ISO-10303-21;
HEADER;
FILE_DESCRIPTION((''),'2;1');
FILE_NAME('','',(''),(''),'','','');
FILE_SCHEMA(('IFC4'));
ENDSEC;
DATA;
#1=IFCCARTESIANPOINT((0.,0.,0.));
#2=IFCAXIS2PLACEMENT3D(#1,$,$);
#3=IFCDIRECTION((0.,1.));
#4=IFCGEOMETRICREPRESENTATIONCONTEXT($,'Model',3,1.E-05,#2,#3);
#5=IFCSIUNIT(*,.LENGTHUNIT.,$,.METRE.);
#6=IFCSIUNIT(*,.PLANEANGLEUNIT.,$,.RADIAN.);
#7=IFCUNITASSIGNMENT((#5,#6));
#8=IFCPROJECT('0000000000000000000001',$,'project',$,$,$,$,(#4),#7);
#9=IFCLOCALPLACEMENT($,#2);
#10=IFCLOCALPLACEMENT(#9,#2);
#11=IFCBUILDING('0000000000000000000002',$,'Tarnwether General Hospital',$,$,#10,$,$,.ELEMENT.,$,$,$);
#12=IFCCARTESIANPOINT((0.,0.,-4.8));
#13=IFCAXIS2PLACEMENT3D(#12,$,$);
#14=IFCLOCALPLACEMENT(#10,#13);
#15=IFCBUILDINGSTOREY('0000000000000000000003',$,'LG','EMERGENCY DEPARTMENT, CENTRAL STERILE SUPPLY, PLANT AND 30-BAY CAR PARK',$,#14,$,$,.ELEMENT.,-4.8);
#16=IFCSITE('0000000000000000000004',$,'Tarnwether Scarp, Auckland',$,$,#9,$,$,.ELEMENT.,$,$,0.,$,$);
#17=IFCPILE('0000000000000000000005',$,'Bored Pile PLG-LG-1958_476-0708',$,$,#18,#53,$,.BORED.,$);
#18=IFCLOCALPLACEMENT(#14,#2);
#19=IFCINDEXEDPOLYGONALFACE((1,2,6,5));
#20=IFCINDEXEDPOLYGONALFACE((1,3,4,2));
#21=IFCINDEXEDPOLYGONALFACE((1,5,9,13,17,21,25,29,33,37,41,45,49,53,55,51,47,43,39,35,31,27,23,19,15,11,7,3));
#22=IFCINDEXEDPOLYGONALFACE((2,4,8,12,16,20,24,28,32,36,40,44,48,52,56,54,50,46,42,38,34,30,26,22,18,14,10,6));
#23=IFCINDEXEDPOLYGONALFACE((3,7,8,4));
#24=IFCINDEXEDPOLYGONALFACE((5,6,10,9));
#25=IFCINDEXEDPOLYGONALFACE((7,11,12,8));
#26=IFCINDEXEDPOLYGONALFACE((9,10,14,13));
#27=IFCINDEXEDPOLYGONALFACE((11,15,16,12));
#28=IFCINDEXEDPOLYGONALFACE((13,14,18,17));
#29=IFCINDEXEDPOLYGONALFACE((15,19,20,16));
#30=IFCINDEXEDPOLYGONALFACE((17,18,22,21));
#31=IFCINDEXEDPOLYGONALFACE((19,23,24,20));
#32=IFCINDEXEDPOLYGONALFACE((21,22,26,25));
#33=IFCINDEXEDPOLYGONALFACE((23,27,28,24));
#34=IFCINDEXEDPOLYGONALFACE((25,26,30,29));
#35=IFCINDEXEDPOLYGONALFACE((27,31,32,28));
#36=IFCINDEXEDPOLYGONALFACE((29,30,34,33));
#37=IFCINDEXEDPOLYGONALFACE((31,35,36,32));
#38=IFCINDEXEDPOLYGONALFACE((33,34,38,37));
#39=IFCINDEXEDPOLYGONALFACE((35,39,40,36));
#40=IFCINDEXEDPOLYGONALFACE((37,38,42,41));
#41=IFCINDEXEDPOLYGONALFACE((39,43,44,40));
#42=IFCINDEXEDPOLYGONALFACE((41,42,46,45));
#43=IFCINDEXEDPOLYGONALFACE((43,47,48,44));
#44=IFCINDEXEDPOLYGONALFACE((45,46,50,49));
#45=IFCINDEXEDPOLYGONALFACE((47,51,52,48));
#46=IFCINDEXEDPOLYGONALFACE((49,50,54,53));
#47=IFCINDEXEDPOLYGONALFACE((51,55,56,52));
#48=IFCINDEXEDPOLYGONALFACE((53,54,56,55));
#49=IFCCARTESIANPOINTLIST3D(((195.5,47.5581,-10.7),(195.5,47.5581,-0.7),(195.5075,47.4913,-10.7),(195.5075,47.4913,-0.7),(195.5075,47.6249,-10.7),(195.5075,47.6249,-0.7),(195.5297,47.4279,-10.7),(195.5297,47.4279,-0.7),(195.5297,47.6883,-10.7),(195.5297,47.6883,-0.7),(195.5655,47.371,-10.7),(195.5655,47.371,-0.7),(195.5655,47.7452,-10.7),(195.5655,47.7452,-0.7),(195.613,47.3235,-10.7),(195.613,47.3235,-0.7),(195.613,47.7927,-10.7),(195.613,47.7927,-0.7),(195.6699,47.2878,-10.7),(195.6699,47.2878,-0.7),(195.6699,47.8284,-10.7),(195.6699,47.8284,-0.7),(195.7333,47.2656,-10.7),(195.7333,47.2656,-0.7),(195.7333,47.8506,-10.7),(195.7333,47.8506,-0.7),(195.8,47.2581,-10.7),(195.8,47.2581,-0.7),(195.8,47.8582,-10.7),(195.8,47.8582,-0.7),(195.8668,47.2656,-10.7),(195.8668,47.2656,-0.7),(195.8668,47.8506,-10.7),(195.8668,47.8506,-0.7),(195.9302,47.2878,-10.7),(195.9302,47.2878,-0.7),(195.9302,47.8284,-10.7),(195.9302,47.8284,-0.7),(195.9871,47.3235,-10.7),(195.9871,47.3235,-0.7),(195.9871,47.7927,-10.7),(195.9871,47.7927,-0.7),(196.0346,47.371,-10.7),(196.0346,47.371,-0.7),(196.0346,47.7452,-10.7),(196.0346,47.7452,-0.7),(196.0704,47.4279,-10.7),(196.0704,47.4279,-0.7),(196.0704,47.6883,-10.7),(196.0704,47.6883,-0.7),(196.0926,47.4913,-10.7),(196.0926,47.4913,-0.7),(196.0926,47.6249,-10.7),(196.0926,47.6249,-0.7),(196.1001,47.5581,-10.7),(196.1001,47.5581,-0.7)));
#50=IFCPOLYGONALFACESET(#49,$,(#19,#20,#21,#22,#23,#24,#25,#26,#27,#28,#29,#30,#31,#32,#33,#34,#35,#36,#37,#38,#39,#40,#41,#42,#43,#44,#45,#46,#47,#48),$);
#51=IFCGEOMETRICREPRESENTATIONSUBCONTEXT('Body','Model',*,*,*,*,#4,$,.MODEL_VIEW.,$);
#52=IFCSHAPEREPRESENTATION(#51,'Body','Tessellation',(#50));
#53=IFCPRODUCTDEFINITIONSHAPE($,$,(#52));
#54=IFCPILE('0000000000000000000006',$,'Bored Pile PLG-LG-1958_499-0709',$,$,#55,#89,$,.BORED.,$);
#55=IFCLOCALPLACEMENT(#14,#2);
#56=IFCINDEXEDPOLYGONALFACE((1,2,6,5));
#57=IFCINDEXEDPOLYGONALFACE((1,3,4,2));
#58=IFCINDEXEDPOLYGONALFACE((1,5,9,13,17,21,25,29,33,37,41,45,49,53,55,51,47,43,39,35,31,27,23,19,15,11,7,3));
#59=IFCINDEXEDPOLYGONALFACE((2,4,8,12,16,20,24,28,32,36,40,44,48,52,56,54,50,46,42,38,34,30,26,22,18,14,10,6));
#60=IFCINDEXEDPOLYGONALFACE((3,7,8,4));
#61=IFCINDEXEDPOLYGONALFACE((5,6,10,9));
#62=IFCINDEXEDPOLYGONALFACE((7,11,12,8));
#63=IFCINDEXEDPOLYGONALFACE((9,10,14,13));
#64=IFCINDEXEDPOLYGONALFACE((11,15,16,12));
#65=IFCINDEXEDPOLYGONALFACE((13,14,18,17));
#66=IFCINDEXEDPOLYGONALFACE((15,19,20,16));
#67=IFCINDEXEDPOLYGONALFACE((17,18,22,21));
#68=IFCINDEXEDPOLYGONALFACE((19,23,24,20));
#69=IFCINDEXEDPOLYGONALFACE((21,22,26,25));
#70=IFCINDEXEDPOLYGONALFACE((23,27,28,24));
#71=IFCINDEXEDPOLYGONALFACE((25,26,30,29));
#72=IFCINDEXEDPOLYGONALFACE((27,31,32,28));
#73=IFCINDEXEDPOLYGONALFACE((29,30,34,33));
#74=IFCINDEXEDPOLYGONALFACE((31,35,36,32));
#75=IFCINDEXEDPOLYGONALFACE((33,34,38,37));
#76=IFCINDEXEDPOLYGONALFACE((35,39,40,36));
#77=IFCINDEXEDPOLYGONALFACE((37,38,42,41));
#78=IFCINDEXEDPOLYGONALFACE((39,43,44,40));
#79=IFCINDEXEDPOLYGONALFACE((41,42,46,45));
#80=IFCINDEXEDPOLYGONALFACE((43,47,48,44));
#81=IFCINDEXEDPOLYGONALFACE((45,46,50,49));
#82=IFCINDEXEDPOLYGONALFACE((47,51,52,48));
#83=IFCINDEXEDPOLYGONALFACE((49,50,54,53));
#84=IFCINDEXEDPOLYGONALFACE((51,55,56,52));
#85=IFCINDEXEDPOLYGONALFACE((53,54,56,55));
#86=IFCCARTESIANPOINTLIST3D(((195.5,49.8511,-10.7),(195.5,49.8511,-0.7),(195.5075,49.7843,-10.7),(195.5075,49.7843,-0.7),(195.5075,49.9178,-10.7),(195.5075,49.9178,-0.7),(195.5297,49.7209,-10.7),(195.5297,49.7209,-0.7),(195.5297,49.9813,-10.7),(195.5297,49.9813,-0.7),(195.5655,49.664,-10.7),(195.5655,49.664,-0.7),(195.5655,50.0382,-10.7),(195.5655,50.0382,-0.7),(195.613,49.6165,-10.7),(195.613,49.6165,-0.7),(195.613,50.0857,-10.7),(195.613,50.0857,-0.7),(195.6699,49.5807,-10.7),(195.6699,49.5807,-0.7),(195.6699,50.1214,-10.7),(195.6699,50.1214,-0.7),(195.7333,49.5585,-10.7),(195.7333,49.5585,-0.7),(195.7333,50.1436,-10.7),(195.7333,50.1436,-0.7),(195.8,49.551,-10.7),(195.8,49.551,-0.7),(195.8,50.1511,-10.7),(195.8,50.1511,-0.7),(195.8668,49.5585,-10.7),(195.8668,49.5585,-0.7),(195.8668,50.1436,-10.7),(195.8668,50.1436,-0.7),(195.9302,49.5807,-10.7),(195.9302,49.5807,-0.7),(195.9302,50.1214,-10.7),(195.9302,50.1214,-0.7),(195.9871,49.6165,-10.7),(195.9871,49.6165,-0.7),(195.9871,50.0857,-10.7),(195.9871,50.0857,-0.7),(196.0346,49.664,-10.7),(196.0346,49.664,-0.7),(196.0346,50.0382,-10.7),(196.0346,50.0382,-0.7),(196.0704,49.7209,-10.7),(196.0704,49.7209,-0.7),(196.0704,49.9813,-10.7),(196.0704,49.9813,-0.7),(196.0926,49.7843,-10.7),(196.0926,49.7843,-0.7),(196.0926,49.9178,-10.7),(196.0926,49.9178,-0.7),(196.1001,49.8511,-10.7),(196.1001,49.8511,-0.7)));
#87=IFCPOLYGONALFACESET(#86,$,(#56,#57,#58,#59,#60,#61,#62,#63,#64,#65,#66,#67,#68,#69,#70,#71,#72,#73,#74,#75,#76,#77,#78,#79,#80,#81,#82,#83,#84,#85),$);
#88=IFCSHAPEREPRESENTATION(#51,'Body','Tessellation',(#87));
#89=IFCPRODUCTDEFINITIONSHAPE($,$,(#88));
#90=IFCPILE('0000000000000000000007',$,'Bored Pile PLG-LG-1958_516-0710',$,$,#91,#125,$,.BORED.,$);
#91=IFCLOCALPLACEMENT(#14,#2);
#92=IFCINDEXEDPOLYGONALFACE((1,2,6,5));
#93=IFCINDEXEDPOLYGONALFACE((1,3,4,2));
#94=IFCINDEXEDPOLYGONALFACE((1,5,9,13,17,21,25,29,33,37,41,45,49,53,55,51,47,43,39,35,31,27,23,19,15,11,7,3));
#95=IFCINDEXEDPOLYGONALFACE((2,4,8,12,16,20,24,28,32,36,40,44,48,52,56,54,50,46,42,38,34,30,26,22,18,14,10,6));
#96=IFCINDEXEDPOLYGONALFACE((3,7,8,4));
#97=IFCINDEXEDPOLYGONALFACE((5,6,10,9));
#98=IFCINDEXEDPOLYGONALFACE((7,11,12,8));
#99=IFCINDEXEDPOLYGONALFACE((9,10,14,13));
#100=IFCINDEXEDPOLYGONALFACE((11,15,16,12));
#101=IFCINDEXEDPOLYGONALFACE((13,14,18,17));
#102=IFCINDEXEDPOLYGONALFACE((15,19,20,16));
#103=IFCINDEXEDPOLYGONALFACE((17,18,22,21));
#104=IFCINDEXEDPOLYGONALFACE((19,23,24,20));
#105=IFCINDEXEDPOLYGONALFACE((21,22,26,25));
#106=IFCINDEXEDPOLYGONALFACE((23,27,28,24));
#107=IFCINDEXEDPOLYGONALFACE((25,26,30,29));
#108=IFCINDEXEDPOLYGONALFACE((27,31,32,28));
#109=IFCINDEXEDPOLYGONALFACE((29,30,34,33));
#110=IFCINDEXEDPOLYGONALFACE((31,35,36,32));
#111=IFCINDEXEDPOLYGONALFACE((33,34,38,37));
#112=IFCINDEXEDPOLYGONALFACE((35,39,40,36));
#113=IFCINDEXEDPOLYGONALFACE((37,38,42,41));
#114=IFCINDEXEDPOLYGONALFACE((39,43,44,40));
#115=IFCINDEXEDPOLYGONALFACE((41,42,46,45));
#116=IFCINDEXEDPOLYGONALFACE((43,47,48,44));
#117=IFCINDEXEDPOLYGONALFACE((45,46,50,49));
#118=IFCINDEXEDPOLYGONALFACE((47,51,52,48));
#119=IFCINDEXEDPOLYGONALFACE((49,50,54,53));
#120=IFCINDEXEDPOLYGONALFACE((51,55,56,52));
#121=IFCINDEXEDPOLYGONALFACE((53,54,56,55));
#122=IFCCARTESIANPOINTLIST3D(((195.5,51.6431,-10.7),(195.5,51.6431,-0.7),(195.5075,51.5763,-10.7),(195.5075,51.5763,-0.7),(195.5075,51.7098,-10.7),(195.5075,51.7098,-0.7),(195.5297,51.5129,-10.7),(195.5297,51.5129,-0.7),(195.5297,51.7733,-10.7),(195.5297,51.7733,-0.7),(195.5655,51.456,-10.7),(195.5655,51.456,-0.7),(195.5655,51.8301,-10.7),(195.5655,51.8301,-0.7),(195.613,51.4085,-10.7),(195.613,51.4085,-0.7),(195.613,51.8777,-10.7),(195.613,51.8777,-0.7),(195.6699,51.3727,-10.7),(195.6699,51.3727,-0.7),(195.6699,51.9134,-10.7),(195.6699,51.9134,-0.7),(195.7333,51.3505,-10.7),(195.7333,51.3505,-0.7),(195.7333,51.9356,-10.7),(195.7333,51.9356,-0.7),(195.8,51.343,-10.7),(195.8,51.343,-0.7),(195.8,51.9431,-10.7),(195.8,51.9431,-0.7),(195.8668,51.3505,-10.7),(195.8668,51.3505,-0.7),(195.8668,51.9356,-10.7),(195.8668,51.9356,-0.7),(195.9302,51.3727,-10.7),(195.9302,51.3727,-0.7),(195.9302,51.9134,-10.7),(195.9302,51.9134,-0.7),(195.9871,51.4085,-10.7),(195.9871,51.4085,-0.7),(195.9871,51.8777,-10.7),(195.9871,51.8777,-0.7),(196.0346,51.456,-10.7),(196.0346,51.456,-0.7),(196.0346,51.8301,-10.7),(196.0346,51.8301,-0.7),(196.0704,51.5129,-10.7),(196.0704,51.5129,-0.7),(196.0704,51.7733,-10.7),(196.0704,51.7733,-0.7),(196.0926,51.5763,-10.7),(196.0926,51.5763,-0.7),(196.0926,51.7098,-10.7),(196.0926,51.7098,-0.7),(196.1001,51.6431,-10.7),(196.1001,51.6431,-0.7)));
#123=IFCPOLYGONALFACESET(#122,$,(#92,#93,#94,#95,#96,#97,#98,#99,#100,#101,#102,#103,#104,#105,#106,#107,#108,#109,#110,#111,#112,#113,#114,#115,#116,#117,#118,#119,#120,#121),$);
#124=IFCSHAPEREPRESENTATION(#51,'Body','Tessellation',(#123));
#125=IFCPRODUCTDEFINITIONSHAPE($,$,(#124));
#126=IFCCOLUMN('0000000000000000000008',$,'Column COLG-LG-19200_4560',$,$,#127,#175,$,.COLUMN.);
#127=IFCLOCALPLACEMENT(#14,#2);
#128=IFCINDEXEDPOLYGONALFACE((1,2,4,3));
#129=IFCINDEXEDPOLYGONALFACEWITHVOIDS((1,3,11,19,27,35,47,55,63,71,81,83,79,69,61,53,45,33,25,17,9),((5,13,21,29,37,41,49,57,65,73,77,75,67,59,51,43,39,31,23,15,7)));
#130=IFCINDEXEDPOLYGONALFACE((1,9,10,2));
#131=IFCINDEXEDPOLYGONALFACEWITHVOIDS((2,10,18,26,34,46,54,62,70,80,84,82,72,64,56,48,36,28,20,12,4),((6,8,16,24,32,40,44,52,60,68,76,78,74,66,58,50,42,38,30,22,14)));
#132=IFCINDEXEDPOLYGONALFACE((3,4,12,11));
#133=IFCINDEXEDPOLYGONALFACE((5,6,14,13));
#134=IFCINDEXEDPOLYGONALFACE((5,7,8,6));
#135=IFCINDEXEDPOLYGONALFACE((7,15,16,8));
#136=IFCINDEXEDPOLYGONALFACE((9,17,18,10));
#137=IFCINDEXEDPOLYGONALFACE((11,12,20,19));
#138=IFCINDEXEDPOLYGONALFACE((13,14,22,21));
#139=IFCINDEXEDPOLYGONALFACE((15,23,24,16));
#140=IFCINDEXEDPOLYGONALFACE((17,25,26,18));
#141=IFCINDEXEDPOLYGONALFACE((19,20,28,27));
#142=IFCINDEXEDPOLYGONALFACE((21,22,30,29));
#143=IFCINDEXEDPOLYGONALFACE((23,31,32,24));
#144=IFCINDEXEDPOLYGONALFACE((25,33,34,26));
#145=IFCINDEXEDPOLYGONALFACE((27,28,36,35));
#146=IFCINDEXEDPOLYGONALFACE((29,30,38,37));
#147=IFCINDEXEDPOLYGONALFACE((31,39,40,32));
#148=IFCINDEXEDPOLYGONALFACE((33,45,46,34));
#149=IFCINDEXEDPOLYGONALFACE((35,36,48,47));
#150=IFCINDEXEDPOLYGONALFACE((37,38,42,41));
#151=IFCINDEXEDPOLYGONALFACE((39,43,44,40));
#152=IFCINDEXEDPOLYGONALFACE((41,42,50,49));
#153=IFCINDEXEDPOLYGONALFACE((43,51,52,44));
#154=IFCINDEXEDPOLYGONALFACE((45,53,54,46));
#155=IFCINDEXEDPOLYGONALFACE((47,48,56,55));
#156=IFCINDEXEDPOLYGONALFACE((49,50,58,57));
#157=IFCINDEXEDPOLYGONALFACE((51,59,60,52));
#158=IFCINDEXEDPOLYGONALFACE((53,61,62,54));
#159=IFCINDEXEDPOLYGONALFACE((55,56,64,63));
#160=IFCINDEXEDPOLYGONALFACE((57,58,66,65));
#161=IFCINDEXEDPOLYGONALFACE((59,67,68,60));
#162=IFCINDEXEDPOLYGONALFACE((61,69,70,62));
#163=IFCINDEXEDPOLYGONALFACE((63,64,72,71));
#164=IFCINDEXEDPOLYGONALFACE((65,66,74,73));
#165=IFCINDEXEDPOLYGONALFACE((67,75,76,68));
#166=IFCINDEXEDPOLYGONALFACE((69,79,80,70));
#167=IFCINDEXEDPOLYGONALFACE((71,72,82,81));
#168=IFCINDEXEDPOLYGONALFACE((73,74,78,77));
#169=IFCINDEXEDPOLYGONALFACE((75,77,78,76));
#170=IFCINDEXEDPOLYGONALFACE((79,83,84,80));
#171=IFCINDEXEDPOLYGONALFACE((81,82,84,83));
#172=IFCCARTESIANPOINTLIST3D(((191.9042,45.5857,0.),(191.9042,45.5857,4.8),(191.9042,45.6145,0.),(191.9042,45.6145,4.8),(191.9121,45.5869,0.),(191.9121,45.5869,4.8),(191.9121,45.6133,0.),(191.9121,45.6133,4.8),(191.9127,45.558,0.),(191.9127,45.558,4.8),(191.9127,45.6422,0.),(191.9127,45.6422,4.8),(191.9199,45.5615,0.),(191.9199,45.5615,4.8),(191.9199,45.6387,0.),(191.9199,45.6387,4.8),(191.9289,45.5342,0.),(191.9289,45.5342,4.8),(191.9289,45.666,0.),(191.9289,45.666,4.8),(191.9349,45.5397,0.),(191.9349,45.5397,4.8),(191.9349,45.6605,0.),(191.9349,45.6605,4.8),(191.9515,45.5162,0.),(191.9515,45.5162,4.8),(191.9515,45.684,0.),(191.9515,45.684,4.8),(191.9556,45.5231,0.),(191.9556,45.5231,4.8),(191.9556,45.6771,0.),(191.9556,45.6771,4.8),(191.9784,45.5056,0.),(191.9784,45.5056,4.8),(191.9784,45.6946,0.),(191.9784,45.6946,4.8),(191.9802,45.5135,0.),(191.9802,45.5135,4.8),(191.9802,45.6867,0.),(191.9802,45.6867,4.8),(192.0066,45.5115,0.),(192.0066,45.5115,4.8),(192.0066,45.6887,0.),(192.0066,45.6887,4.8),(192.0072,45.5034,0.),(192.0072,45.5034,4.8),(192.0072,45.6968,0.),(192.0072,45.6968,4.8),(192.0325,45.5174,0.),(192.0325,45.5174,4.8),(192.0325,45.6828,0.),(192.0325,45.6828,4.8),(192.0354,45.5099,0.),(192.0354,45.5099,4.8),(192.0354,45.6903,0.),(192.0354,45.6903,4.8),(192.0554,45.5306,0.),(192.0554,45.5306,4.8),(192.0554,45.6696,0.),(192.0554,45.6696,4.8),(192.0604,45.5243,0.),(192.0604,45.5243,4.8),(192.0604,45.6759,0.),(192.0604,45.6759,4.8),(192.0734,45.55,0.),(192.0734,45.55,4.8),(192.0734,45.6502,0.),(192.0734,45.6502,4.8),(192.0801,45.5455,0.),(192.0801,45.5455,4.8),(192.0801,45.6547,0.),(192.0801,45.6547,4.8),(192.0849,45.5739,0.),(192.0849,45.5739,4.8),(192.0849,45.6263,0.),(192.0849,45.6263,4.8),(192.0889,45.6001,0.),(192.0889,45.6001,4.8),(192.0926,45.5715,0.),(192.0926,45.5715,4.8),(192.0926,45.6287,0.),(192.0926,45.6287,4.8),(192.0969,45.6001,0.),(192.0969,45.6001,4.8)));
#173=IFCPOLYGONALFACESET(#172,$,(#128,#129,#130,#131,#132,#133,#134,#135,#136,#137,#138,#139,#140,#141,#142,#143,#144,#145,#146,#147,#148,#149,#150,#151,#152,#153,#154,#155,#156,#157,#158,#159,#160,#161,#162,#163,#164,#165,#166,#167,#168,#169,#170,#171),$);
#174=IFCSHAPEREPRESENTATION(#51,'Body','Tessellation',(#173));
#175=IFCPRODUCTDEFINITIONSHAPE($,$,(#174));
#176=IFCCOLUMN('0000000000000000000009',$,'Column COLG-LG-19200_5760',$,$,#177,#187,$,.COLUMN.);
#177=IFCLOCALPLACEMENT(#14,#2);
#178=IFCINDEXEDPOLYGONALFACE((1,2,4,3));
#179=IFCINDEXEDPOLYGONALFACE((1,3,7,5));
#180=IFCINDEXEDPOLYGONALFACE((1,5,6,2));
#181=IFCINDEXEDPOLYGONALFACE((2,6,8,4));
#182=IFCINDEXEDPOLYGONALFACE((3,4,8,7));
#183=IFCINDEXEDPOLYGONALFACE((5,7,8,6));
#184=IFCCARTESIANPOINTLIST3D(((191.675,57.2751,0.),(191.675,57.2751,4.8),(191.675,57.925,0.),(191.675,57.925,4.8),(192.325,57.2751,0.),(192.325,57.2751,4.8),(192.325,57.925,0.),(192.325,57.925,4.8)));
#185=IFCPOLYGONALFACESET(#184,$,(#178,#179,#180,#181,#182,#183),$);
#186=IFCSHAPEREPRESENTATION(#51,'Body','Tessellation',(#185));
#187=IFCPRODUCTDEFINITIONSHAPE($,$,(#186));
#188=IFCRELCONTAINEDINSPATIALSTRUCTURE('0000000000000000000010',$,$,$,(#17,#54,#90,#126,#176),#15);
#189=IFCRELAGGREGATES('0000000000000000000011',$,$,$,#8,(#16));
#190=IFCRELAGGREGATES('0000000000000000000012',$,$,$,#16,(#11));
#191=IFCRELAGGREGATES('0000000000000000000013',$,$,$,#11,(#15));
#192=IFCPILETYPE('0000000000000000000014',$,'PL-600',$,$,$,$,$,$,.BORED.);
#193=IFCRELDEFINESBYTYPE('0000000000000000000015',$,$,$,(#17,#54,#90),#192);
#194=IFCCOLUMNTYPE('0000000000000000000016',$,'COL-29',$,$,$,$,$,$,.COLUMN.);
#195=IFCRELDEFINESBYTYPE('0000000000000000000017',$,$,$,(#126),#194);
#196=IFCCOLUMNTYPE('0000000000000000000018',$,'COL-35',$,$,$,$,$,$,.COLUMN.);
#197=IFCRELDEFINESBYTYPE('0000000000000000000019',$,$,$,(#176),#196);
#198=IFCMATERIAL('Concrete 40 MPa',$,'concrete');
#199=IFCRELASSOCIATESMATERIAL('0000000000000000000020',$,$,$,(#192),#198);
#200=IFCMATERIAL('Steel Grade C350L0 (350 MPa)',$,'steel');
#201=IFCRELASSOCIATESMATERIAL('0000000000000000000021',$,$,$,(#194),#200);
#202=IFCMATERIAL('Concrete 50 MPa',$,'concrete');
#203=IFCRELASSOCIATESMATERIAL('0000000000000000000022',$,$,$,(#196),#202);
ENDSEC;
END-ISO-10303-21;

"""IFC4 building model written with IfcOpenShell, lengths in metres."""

from ifc_helpers import new_model, si_unit, direction, frame, origin, origin_2d, place, context, subcontext, project, spatial, rectangle, circle, hollow_circle, extrude, material, material_profile, profile_set, type_object, element, save


model = new_model("IFC4")

# Units and contexts
model_context = context("Model", 3, precision=1e-05, world=origin(), true_north=direction((0.0, 1.0)))
body_context = subcontext(model_context, "Body", "Model", "MODEL_VIEW")
ifc_project = project(units=[si_unit("LENGTHUNIT", "METRE"), si_unit("PLANEANGLEUNIT", "RADIAN")], contexts=[model_context])

# Site, building, storey
site_placement = place(None, origin())
site = spatial("IfcSite", under=ifc_project, at=site_placement, Name="Tarnwether Scarp, Auckland", CompositionType="ELEMENT", RefElevation=0.0)
building_placement = place(site_placement, origin())
building = spatial("IfcBuilding", under=site, at=building_placement, Name="Tarnwether General Hospital", CompositionType="ELEMENT")
storey_placement = place(building_placement, frame((0.0, 0.0, -4.8)))
storey = spatial("IfcBuildingStorey", under=building, at=storey_placement, Name="LG", Description="EMERGENCY DEPARTMENT, CENTRAL STERILE SUPPLY, PLANT AND 30-BAY CAR PARK", CompositionType="ELEMENT", Elevation=-4.8)

# Piles
ifc_material_1 = material(Name="Concrete 40 MPa", Category="concrete")
ifc_material_profile_1 = material_profile(ifc_material_1, circle(Radius=0.3, at=origin_2d()), Name="PILE-D600")
ifc_profile_set_1 = profile_set([ifc_material_profile_1], Name="Concrete 40 MPa")
pile_type_1 = type_object("IfcPileType", Name="PL-600", PredefinedType="BORED", material=ifc_profile_set_1)
for number, where, z_axis, x_axis, name in (
    (1, (195.8, 47.5581, -0.7), (0.0, 0.0, -1.0), (1.0, 0.0, 0.0), "Bored Pile PLG-LG-1958_476-0708"),
    (2, (195.8, 49.8511, -0.7), (0.0, 0.0, -1.0), (1.0, 0.0, 0.0), "Bored Pile PLG-LG-1958_499-0709"),
    (3, (195.8, 51.6431, -0.7), (0.0, 0.0, -1.0), (1.0, 0.0, 0.0), "Bored Pile PLG-LG-1958_516-0710"),
):
    element("IfcPile", number, at=place(storey_placement, frame(where, z_axis=z_axis, x_axis=x_axis)), inside=storey, type_object=pile_type_1, Name=name, PredefinedType="BORED", context=body_context, shape_type="SweptSolid", body=[
        extrude(circle(Radius=0.3, at=origin_2d()), origin(), (0.0, 0.0, 1.0), 10.0),
    ])

# Columns
ifc_material_2 = material(Name="Steel Grade C350L0 (350 MPa)", Category="steel")
ifc_material_profile_2 = material_profile(ifc_material_2, hollow_circle(Radius=0.0969, WallThickness=0.0081, at=origin_2d()), Name="CHS193.7x8.0")
ifc_profile_set_2 = profile_set([ifc_material_profile_2], Name="Steel Grade C350L0 (350 MPa)")
column_type_1 = type_object("IfcColumnType", Name="COL-29", PredefinedType="COLUMN", material=ifc_profile_set_2)
column_1_placement = place(storey_placement, frame((192.0, 45.6001, 0.0), z_axis=(0.0, 0.0, 1.0), x_axis=(1.0, 0.0, 0.0)))
element("IfcColumn", 4, at=column_1_placement, inside=storey, type_object=column_type_1, Name="Column COLG-LG-19200_4560", PredefinedType="COLUMN", context=body_context, shape_type="SweptSolid", body=[
    extrude(hollow_circle(Radius=0.0969, WallThickness=0.0081, at=origin_2d()), origin(), (0.0, 0.0, 1.0), 4.8),
])
ifc_material_3 = material(Name="Concrete 50 MPa", Category="concrete")
ifc_material_profile_3 = material_profile(ifc_material_3, rectangle(XDim=0.6499, YDim=0.6499, at=origin_2d()), Name="RC-COL-650x650")
ifc_profile_set_3 = profile_set([ifc_material_profile_3], Name="Concrete 50 MPa")
column_type_2 = type_object("IfcColumnType", Name="COL-35", PredefinedType="COLUMN", material=ifc_profile_set_3)
column_2_placement = place(storey_placement, frame((192.0, 57.6001, 0.0), z_axis=(0.0, 0.0, 1.0), x_axis=(1.0, 0.0, 0.0)))
element("IfcColumn", 5, at=column_2_placement, inside=storey, type_object=column_type_2, Name="Column COLG-LG-19200_5760", PredefinedType="COLUMN", context=body_context, shape_type="SweptSolid", body=[
    extrude(rectangle(XDim=0.6499, YDim=0.6499, at=origin_2d()), origin(), (0.0, 0.0, 1.0), 4.8),
])

save(model, "model.ifc")
